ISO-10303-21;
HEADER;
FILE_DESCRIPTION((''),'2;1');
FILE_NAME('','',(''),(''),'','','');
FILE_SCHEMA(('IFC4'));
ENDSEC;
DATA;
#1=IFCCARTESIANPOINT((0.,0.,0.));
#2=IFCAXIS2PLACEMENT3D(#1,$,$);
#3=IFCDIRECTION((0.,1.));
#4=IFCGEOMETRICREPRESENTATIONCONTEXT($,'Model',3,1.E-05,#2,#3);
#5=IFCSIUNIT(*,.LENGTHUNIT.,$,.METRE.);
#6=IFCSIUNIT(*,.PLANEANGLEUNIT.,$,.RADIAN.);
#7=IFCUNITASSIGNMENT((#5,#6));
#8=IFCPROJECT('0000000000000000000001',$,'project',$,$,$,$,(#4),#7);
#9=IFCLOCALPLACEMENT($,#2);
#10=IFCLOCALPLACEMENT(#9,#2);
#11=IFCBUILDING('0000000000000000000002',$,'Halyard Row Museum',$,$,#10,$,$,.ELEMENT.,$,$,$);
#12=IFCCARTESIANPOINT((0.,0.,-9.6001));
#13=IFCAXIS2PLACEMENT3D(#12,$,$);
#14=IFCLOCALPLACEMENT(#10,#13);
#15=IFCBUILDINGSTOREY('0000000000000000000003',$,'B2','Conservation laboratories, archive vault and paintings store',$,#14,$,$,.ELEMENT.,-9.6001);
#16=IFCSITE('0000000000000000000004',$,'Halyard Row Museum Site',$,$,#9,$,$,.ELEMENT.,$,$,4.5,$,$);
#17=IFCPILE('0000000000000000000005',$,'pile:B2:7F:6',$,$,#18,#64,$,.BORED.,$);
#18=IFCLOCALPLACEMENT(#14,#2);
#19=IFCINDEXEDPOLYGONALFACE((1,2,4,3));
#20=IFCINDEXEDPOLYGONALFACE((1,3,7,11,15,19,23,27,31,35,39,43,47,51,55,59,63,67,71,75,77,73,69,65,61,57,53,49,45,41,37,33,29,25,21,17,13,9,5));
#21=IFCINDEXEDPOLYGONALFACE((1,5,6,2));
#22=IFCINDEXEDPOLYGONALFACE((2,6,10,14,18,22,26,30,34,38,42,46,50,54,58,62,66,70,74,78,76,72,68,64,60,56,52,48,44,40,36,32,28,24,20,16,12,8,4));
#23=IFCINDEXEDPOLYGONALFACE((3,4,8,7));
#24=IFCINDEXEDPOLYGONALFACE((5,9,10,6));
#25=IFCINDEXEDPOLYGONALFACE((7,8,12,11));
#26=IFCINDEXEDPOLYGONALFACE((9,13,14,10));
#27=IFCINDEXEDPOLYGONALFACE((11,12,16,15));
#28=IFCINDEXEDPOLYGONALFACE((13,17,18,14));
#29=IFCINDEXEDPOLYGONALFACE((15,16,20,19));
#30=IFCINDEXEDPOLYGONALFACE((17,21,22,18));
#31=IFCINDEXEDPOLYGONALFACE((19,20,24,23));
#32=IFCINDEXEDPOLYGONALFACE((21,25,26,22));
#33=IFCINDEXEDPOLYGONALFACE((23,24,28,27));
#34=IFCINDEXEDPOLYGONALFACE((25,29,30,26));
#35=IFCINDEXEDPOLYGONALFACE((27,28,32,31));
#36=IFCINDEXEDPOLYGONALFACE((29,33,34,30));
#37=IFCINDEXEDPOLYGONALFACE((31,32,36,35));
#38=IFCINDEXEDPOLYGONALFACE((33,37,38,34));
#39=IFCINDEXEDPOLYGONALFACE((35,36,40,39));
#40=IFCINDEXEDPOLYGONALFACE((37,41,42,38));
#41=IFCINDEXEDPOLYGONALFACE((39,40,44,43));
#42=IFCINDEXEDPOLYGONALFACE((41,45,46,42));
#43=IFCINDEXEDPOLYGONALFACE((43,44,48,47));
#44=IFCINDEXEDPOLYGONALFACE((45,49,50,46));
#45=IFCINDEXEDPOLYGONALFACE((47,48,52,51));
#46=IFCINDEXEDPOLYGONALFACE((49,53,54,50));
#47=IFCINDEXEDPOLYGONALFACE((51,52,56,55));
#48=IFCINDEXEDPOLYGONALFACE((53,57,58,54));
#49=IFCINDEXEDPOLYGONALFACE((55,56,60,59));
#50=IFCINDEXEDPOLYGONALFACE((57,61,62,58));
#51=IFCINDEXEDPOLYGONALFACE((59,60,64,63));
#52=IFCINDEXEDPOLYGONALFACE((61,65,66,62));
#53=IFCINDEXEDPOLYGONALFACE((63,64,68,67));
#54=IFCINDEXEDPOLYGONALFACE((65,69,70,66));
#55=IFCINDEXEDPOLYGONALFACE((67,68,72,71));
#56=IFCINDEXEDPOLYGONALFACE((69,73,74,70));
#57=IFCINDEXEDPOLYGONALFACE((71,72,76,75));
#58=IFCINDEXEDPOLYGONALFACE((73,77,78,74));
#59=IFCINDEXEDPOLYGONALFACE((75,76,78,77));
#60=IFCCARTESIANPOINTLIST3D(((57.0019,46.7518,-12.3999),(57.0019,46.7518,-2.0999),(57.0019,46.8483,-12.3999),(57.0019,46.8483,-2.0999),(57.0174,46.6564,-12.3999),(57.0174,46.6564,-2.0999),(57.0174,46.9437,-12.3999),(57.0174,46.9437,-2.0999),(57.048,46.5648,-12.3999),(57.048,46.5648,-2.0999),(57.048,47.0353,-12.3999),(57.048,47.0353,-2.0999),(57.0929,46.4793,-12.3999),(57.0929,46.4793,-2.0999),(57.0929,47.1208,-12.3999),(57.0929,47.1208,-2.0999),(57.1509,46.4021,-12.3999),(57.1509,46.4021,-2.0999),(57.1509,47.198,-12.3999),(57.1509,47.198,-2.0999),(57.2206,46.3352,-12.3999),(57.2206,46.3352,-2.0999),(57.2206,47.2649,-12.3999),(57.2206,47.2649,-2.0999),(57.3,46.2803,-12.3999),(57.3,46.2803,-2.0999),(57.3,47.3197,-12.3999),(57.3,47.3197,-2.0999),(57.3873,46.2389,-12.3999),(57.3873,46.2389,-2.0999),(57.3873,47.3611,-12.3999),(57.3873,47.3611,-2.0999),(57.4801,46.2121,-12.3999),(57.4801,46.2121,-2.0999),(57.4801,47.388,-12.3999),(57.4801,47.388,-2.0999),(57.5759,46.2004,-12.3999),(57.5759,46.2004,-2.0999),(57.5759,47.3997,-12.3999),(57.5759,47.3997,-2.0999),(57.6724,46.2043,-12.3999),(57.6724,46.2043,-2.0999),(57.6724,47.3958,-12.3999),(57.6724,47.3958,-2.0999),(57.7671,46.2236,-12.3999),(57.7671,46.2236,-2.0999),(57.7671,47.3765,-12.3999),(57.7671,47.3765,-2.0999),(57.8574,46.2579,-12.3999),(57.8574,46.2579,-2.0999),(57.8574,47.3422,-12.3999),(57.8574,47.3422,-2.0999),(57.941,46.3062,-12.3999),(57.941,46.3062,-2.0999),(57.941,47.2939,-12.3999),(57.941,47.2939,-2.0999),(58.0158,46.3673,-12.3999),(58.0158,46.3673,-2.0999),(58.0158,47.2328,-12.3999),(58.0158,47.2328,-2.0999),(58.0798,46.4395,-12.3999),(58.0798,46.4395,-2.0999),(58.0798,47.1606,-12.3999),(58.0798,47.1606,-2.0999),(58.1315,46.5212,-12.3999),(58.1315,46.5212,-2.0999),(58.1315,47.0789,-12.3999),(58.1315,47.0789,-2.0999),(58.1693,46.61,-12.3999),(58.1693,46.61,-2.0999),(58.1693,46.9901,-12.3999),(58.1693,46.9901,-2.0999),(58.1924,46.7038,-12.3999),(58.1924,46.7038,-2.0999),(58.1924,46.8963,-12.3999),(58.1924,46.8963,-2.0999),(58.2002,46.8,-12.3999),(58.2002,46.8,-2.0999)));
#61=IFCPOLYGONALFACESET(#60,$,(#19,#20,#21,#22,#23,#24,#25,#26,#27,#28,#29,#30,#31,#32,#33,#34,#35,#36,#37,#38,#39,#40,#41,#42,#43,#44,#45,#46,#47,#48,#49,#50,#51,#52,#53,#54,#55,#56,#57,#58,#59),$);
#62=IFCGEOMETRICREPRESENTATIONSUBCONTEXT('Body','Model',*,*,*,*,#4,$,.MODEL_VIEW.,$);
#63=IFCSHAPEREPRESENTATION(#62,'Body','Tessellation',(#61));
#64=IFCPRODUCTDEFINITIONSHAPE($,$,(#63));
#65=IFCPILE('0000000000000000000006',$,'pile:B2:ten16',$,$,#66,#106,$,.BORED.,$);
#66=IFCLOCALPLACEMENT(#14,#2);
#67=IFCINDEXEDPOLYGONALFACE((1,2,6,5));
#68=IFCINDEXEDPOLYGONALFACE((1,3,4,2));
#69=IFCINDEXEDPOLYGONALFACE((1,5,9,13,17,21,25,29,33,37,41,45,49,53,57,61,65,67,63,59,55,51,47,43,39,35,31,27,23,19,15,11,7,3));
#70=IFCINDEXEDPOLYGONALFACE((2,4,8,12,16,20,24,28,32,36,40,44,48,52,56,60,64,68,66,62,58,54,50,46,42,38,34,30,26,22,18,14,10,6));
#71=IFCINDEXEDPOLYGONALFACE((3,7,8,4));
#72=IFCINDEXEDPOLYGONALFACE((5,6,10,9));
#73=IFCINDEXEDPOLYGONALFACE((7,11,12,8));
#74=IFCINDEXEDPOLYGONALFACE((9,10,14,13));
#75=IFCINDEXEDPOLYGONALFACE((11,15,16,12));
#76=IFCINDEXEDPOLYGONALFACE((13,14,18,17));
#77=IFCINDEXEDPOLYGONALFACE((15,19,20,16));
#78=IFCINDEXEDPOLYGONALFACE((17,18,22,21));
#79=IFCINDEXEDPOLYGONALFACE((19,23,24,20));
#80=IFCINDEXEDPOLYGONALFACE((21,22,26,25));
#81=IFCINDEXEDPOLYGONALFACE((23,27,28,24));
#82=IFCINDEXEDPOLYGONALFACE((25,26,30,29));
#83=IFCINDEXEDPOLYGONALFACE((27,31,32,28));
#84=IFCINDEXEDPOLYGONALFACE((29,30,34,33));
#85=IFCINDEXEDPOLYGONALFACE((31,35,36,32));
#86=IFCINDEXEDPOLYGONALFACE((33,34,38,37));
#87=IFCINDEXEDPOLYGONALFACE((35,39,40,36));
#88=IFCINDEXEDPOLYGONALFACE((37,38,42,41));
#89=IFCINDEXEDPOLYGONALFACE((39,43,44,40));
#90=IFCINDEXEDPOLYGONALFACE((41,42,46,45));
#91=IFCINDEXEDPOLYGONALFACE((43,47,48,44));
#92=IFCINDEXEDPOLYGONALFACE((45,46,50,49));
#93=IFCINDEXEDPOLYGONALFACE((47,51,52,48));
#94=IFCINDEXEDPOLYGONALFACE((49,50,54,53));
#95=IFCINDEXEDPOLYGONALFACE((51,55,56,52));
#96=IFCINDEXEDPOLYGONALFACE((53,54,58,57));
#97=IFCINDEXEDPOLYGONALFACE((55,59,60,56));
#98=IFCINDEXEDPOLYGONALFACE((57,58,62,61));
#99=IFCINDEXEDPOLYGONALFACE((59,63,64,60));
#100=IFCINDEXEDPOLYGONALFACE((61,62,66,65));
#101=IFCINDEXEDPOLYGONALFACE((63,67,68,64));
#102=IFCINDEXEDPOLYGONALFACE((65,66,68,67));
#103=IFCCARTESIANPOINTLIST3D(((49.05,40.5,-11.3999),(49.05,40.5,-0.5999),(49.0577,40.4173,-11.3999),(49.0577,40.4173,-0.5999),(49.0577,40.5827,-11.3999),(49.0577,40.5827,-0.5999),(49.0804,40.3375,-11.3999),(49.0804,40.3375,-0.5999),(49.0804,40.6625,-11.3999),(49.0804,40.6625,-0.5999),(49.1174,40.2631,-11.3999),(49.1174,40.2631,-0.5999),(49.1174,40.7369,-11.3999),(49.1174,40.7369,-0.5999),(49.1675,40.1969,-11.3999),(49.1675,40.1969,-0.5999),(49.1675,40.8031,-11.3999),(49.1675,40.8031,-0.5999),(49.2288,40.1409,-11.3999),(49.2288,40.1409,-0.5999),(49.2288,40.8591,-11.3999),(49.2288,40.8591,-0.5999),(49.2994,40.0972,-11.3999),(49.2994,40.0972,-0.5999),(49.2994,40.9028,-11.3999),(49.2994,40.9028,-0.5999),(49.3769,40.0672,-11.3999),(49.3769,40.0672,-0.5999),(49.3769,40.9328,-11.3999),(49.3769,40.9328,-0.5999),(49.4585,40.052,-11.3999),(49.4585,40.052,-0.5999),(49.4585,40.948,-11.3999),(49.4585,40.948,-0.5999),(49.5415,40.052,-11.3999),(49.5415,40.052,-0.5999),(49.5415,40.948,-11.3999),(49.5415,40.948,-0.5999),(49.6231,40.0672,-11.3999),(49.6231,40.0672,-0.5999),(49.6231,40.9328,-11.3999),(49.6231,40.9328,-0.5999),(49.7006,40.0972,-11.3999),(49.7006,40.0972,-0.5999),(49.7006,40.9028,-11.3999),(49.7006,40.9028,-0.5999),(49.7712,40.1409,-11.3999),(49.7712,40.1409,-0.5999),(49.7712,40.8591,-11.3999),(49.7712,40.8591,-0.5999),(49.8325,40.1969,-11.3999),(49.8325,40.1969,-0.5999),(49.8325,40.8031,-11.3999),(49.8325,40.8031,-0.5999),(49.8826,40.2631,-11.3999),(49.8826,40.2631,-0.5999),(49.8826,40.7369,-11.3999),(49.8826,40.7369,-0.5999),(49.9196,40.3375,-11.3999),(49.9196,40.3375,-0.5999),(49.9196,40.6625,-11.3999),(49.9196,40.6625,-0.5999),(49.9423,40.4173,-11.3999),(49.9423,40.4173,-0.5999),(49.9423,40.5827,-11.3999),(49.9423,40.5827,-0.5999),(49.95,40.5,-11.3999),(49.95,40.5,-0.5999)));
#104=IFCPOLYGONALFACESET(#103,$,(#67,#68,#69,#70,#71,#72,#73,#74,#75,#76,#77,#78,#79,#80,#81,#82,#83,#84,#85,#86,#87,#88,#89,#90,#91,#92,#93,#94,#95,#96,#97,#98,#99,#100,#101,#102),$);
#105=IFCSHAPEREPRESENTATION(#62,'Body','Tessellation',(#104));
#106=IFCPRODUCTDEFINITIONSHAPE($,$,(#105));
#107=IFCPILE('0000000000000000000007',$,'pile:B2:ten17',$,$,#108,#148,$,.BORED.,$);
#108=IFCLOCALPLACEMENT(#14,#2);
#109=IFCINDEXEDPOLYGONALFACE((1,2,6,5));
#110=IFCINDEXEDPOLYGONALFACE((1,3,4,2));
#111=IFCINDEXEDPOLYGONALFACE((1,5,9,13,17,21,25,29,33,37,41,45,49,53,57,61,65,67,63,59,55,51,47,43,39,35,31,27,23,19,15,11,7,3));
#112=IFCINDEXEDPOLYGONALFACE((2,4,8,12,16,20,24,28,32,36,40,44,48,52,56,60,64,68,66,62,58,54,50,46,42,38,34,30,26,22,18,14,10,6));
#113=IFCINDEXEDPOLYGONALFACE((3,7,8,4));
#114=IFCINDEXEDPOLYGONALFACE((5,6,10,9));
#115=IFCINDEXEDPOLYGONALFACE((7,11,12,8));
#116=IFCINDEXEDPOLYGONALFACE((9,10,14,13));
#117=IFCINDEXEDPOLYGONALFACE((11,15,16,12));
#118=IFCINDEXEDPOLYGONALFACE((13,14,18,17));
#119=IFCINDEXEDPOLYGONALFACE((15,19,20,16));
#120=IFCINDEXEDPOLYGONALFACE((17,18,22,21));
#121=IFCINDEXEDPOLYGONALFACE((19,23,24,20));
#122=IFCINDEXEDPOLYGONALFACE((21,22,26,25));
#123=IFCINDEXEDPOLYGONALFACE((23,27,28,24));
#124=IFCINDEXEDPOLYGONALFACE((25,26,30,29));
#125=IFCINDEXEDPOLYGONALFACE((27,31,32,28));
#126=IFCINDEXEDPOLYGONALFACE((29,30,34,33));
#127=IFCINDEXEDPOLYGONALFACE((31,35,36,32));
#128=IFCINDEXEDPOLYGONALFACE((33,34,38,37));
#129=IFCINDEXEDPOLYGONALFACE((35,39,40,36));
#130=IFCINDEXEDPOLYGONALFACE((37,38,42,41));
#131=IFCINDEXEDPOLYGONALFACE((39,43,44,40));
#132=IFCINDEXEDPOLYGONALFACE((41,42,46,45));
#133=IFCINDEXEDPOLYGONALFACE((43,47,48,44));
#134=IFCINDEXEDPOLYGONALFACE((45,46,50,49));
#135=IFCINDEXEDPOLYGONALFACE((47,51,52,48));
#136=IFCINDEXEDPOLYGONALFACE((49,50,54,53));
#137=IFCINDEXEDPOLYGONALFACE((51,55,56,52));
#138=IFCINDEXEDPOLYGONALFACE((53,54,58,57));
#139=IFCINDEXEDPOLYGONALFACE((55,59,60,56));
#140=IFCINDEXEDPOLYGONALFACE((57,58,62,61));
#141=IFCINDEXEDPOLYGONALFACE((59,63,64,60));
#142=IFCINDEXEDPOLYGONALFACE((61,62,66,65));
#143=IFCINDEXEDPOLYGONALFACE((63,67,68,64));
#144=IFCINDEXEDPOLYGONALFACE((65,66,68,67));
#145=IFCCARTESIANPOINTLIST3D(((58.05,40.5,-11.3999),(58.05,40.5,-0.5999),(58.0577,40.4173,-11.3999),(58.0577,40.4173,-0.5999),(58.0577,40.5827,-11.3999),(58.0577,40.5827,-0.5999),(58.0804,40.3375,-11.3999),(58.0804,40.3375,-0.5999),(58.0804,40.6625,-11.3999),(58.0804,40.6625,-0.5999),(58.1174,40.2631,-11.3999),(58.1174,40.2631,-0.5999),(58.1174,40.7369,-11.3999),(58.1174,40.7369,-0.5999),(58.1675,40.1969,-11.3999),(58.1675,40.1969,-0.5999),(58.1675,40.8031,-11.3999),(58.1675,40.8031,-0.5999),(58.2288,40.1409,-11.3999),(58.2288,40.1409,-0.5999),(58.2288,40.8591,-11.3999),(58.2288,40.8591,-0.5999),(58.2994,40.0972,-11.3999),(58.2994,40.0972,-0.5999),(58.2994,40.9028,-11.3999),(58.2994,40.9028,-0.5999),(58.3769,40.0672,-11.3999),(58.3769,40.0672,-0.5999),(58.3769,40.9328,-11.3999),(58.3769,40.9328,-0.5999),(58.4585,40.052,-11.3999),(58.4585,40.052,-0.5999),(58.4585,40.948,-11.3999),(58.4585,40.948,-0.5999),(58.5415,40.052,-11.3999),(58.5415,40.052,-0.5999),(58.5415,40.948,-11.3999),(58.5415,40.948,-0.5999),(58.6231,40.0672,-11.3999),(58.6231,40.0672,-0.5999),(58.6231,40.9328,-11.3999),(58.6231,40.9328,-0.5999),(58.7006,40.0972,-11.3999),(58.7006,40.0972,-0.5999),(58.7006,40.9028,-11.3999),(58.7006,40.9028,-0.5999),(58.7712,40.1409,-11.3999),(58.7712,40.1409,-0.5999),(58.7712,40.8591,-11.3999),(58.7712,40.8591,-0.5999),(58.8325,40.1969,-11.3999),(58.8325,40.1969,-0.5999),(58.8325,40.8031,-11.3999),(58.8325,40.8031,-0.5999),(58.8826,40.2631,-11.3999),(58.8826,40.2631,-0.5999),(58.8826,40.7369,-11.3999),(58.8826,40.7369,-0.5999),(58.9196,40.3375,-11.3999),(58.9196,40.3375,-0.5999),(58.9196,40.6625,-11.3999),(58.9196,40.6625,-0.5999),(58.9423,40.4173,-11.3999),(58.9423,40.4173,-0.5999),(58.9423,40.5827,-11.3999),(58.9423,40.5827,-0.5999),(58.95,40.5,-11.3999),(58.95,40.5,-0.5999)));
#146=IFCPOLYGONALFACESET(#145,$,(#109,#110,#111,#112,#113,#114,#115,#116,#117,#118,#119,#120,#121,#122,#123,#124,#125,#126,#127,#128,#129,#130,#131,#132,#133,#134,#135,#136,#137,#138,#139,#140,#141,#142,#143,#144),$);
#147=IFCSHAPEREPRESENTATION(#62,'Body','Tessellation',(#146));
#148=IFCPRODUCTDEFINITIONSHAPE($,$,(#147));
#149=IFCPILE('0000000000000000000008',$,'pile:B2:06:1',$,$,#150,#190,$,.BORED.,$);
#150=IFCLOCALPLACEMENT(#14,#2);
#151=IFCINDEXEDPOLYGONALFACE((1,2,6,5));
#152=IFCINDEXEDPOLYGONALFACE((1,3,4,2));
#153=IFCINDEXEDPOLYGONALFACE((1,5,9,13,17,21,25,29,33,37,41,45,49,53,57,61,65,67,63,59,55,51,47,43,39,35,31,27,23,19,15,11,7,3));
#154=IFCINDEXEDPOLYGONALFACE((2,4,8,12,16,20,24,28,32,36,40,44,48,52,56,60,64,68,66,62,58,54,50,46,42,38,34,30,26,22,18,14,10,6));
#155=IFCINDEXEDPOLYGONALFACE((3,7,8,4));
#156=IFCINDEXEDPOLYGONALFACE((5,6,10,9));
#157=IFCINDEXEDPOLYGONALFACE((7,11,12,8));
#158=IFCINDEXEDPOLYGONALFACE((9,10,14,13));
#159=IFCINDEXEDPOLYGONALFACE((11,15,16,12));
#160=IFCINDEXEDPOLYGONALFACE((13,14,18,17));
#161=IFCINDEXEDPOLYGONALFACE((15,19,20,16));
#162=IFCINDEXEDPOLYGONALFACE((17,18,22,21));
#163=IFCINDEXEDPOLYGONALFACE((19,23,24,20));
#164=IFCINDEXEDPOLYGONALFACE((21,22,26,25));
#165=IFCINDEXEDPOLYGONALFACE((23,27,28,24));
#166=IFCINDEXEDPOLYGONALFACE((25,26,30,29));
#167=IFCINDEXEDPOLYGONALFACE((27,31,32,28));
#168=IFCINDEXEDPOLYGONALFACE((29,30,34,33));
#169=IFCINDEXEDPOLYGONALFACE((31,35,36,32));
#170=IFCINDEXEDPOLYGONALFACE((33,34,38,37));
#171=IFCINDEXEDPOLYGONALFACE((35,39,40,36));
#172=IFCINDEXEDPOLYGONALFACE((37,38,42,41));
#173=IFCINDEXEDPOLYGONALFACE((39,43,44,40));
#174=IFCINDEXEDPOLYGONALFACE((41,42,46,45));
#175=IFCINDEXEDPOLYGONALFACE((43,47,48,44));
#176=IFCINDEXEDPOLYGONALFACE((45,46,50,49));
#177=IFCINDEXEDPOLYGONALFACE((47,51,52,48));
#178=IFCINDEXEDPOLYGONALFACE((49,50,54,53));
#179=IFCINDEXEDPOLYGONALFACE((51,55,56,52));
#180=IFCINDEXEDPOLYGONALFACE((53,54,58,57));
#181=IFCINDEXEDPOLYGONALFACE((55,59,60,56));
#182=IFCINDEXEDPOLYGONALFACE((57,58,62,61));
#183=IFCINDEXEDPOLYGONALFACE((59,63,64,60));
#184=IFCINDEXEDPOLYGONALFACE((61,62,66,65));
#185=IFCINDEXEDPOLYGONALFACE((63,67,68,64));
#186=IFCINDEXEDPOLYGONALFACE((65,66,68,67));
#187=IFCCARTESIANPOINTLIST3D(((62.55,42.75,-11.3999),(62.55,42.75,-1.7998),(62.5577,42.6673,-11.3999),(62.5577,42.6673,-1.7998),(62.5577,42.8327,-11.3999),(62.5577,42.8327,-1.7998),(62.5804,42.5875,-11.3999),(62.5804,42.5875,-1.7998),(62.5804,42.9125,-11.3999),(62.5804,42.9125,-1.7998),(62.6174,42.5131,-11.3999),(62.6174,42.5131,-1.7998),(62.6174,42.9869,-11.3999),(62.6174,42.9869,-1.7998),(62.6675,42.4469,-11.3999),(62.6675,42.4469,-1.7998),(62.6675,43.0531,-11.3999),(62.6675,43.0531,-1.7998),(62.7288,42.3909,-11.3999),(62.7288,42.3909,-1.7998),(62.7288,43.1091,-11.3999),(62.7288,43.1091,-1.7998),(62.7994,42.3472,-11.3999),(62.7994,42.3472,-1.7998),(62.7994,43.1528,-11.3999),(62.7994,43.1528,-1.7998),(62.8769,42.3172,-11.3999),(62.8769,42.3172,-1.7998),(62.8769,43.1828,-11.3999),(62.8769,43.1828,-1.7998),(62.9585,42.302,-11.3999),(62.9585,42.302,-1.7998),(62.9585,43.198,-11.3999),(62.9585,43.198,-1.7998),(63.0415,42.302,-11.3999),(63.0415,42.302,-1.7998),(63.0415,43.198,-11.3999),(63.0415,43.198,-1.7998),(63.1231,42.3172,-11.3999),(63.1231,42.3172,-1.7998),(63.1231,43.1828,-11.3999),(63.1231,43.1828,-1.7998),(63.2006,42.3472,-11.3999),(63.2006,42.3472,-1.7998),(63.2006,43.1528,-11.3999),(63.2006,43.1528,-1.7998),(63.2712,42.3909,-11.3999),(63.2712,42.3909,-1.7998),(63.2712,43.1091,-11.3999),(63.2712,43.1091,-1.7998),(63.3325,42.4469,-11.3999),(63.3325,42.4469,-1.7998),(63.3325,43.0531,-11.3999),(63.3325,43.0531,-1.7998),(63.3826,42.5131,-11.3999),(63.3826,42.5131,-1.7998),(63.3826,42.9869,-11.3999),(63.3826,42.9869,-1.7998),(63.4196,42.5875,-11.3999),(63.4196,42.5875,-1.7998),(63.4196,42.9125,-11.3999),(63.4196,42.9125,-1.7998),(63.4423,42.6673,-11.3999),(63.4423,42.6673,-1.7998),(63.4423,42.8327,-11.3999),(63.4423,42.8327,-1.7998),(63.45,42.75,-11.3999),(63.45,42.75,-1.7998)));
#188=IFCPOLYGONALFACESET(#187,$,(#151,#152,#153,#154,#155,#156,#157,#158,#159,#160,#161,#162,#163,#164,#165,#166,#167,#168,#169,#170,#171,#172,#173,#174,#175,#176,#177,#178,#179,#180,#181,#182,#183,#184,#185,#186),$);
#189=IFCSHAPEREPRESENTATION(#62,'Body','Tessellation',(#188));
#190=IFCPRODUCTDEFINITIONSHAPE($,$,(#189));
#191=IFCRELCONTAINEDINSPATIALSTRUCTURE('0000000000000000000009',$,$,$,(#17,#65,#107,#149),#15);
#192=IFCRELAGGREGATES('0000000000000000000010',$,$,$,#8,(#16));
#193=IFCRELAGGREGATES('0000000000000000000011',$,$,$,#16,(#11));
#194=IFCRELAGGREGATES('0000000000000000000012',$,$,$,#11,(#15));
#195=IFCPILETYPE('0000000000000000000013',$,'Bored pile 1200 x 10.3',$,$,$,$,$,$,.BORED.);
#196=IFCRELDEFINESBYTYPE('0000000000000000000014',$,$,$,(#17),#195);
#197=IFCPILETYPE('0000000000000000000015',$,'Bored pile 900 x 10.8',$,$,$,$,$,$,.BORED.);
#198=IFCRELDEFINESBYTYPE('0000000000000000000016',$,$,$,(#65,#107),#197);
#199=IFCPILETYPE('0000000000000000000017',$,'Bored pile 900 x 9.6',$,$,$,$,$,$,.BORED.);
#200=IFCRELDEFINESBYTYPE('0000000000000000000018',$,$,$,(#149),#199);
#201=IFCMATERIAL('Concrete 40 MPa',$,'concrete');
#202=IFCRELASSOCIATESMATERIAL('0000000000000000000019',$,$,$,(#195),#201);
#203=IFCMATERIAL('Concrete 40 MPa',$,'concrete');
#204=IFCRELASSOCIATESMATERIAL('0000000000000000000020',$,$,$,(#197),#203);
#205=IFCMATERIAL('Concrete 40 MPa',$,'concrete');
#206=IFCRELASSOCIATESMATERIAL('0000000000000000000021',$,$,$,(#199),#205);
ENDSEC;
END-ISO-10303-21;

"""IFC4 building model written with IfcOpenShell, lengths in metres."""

from ifc_helpers import new_model, si_unit, direction, frame, origin, origin_2d, place, context, subcontext, project, spatial, circle, extrude, material, material_profile, profile_set, type_object, element, save


model = new_model("IFC4")

# Units and contexts
model_context = context("Model", 3, precision=1e-05, world=origin(), true_north=direction((0.0, 1.0)))
body_context = subcontext(model_context, "Body", "Model", "MODEL_VIEW")
ifc_project = project(units=[si_unit("LENGTHUNIT", "METRE"), si_unit("PLANEANGLEUNIT", "RADIAN")], contexts=[model_context])

# Site, building, storey
site_placement = place(None, origin())
site = spatial("IfcSite", under=ifc_project, at=site_placement, Name="Halyard Row Museum Site", CompositionType="ELEMENT", RefElevation=4.5)
building_placement = place(site_placement, origin())
building = spatial("IfcBuilding", under=site, at=building_placement, Name="Halyard Row Museum", CompositionType="ELEMENT")
storey_placement = place(building_placement, frame((0.0, 0.0, -9.6001)))
storey = spatial("IfcBuildingStorey", under=building, at=storey_placement, Name="B2", Description="Conservation laboratories, archive vault and paintings store", CompositionType="ELEMENT", Elevation=-9.6001)

# Piles
ifc_material_1 = material(Name="Concrete 40 MPa", Category="concrete")
ifc_material_profile_1 = material_profile(ifc_material_1, circle(Radius=0.6001, at=origin_2d()), Name="Bored pile 1200 x 10.3")
ifc_profile_set_1 = profile_set([ifc_material_profile_1], Name="Concrete 40 MPa")
pile_type_1 = type_object("IfcPileType", Name="Bored pile 1200 x 10.3", PredefinedType="BORED", material=ifc_profile_set_1)
for number, where, z_axis, x_axis, name in (
    (1, (57.6001, 46.8, -2.0999), (0.0, 0.0, -1.0), (1.0, 0.0, 0.0), "pile:B2:7F:6"),
):
    element("IfcPile", number, at=place(storey_placement, frame(where, z_axis=z_axis, x_axis=x_axis)), inside=storey, type_object=pile_type_1, Name=name, PredefinedType="BORED", context=body_context, shape_type="SweptSolid", body=[
        extrude(circle(Radius=0.6001, at=origin_2d()), origin(), (0.0, 0.0, 1.0), 10.3),
    ])
ifc_material_2 = material(Name="Concrete 40 MPa", Category="concrete")
ifc_material_profile_2 = material_profile(ifc_material_2, circle(Radius=0.45, at=origin_2d()), Name="Bored pile 900 x 10.8")
ifc_profile_set_2 = profile_set([ifc_material_profile_2], Name="Concrete 40 MPa")
pile_type_2 = type_object("IfcPileType", Name="Bored pile 900 x 10.8", PredefinedType="BORED", material=ifc_profile_set_2)
for number, where, z_axis, x_axis, name in (
    (2, (49.5, 40.5, -0.5999), (0.0, 0.0, -1.0), (1.0, 0.0, 0.0), "pile:B2:ten16"),
    (3, (58.5, 40.5, -0.5999), (0.0, 0.0, -1.0), (1.0, 0.0, 0.0), "pile:B2:ten17"),
):
    element("IfcPile", number, at=place(storey_placement, frame(where, z_axis=z_axis, x_axis=x_axis)), inside=storey, type_object=pile_type_2, Name=name, PredefinedType="BORED", context=body_context, shape_type="SweptSolid", body=[
        extrude(circle(Radius=0.45, at=origin_2d()), origin(), (0.0, 0.0, 1.0), 10.8),
    ])
ifc_material_3 = material(Name="Concrete 40 MPa", Category="concrete")
ifc_material_profile_3 = material_profile(ifc_material_3, circle(Radius=0.45, at=origin_2d()), Name="Bored pile 900 x 9.6")
ifc_profile_set_3 = profile_set([ifc_material_profile_3], Name="Concrete 40 MPa")
pile_type_3 = type_object("IfcPileType", Name="Bored pile 900 x 9.6", PredefinedType="BORED", material=ifc_profile_set_3)
for number, where, z_axis, x_axis, name in (
    (4, (63.0, 42.75, -1.7998), (0.0, 0.0, -1.0), (1.0, 0.0, 0.0), "pile:B2:06:1"),
):
    element("IfcPile", number, at=place(storey_placement, frame(where, z_axis=z_axis, x_axis=x_axis)), inside=storey, type_object=pile_type_3, Name=name, PredefinedType="BORED", context=body_context, shape_type="SweptSolid", body=[
        extrude(circle(Radius=0.45, at=origin_2d()), origin(), (0.0, 0.0, 1.0), 9.6001),
    ])

save(model, "model.ifc")
